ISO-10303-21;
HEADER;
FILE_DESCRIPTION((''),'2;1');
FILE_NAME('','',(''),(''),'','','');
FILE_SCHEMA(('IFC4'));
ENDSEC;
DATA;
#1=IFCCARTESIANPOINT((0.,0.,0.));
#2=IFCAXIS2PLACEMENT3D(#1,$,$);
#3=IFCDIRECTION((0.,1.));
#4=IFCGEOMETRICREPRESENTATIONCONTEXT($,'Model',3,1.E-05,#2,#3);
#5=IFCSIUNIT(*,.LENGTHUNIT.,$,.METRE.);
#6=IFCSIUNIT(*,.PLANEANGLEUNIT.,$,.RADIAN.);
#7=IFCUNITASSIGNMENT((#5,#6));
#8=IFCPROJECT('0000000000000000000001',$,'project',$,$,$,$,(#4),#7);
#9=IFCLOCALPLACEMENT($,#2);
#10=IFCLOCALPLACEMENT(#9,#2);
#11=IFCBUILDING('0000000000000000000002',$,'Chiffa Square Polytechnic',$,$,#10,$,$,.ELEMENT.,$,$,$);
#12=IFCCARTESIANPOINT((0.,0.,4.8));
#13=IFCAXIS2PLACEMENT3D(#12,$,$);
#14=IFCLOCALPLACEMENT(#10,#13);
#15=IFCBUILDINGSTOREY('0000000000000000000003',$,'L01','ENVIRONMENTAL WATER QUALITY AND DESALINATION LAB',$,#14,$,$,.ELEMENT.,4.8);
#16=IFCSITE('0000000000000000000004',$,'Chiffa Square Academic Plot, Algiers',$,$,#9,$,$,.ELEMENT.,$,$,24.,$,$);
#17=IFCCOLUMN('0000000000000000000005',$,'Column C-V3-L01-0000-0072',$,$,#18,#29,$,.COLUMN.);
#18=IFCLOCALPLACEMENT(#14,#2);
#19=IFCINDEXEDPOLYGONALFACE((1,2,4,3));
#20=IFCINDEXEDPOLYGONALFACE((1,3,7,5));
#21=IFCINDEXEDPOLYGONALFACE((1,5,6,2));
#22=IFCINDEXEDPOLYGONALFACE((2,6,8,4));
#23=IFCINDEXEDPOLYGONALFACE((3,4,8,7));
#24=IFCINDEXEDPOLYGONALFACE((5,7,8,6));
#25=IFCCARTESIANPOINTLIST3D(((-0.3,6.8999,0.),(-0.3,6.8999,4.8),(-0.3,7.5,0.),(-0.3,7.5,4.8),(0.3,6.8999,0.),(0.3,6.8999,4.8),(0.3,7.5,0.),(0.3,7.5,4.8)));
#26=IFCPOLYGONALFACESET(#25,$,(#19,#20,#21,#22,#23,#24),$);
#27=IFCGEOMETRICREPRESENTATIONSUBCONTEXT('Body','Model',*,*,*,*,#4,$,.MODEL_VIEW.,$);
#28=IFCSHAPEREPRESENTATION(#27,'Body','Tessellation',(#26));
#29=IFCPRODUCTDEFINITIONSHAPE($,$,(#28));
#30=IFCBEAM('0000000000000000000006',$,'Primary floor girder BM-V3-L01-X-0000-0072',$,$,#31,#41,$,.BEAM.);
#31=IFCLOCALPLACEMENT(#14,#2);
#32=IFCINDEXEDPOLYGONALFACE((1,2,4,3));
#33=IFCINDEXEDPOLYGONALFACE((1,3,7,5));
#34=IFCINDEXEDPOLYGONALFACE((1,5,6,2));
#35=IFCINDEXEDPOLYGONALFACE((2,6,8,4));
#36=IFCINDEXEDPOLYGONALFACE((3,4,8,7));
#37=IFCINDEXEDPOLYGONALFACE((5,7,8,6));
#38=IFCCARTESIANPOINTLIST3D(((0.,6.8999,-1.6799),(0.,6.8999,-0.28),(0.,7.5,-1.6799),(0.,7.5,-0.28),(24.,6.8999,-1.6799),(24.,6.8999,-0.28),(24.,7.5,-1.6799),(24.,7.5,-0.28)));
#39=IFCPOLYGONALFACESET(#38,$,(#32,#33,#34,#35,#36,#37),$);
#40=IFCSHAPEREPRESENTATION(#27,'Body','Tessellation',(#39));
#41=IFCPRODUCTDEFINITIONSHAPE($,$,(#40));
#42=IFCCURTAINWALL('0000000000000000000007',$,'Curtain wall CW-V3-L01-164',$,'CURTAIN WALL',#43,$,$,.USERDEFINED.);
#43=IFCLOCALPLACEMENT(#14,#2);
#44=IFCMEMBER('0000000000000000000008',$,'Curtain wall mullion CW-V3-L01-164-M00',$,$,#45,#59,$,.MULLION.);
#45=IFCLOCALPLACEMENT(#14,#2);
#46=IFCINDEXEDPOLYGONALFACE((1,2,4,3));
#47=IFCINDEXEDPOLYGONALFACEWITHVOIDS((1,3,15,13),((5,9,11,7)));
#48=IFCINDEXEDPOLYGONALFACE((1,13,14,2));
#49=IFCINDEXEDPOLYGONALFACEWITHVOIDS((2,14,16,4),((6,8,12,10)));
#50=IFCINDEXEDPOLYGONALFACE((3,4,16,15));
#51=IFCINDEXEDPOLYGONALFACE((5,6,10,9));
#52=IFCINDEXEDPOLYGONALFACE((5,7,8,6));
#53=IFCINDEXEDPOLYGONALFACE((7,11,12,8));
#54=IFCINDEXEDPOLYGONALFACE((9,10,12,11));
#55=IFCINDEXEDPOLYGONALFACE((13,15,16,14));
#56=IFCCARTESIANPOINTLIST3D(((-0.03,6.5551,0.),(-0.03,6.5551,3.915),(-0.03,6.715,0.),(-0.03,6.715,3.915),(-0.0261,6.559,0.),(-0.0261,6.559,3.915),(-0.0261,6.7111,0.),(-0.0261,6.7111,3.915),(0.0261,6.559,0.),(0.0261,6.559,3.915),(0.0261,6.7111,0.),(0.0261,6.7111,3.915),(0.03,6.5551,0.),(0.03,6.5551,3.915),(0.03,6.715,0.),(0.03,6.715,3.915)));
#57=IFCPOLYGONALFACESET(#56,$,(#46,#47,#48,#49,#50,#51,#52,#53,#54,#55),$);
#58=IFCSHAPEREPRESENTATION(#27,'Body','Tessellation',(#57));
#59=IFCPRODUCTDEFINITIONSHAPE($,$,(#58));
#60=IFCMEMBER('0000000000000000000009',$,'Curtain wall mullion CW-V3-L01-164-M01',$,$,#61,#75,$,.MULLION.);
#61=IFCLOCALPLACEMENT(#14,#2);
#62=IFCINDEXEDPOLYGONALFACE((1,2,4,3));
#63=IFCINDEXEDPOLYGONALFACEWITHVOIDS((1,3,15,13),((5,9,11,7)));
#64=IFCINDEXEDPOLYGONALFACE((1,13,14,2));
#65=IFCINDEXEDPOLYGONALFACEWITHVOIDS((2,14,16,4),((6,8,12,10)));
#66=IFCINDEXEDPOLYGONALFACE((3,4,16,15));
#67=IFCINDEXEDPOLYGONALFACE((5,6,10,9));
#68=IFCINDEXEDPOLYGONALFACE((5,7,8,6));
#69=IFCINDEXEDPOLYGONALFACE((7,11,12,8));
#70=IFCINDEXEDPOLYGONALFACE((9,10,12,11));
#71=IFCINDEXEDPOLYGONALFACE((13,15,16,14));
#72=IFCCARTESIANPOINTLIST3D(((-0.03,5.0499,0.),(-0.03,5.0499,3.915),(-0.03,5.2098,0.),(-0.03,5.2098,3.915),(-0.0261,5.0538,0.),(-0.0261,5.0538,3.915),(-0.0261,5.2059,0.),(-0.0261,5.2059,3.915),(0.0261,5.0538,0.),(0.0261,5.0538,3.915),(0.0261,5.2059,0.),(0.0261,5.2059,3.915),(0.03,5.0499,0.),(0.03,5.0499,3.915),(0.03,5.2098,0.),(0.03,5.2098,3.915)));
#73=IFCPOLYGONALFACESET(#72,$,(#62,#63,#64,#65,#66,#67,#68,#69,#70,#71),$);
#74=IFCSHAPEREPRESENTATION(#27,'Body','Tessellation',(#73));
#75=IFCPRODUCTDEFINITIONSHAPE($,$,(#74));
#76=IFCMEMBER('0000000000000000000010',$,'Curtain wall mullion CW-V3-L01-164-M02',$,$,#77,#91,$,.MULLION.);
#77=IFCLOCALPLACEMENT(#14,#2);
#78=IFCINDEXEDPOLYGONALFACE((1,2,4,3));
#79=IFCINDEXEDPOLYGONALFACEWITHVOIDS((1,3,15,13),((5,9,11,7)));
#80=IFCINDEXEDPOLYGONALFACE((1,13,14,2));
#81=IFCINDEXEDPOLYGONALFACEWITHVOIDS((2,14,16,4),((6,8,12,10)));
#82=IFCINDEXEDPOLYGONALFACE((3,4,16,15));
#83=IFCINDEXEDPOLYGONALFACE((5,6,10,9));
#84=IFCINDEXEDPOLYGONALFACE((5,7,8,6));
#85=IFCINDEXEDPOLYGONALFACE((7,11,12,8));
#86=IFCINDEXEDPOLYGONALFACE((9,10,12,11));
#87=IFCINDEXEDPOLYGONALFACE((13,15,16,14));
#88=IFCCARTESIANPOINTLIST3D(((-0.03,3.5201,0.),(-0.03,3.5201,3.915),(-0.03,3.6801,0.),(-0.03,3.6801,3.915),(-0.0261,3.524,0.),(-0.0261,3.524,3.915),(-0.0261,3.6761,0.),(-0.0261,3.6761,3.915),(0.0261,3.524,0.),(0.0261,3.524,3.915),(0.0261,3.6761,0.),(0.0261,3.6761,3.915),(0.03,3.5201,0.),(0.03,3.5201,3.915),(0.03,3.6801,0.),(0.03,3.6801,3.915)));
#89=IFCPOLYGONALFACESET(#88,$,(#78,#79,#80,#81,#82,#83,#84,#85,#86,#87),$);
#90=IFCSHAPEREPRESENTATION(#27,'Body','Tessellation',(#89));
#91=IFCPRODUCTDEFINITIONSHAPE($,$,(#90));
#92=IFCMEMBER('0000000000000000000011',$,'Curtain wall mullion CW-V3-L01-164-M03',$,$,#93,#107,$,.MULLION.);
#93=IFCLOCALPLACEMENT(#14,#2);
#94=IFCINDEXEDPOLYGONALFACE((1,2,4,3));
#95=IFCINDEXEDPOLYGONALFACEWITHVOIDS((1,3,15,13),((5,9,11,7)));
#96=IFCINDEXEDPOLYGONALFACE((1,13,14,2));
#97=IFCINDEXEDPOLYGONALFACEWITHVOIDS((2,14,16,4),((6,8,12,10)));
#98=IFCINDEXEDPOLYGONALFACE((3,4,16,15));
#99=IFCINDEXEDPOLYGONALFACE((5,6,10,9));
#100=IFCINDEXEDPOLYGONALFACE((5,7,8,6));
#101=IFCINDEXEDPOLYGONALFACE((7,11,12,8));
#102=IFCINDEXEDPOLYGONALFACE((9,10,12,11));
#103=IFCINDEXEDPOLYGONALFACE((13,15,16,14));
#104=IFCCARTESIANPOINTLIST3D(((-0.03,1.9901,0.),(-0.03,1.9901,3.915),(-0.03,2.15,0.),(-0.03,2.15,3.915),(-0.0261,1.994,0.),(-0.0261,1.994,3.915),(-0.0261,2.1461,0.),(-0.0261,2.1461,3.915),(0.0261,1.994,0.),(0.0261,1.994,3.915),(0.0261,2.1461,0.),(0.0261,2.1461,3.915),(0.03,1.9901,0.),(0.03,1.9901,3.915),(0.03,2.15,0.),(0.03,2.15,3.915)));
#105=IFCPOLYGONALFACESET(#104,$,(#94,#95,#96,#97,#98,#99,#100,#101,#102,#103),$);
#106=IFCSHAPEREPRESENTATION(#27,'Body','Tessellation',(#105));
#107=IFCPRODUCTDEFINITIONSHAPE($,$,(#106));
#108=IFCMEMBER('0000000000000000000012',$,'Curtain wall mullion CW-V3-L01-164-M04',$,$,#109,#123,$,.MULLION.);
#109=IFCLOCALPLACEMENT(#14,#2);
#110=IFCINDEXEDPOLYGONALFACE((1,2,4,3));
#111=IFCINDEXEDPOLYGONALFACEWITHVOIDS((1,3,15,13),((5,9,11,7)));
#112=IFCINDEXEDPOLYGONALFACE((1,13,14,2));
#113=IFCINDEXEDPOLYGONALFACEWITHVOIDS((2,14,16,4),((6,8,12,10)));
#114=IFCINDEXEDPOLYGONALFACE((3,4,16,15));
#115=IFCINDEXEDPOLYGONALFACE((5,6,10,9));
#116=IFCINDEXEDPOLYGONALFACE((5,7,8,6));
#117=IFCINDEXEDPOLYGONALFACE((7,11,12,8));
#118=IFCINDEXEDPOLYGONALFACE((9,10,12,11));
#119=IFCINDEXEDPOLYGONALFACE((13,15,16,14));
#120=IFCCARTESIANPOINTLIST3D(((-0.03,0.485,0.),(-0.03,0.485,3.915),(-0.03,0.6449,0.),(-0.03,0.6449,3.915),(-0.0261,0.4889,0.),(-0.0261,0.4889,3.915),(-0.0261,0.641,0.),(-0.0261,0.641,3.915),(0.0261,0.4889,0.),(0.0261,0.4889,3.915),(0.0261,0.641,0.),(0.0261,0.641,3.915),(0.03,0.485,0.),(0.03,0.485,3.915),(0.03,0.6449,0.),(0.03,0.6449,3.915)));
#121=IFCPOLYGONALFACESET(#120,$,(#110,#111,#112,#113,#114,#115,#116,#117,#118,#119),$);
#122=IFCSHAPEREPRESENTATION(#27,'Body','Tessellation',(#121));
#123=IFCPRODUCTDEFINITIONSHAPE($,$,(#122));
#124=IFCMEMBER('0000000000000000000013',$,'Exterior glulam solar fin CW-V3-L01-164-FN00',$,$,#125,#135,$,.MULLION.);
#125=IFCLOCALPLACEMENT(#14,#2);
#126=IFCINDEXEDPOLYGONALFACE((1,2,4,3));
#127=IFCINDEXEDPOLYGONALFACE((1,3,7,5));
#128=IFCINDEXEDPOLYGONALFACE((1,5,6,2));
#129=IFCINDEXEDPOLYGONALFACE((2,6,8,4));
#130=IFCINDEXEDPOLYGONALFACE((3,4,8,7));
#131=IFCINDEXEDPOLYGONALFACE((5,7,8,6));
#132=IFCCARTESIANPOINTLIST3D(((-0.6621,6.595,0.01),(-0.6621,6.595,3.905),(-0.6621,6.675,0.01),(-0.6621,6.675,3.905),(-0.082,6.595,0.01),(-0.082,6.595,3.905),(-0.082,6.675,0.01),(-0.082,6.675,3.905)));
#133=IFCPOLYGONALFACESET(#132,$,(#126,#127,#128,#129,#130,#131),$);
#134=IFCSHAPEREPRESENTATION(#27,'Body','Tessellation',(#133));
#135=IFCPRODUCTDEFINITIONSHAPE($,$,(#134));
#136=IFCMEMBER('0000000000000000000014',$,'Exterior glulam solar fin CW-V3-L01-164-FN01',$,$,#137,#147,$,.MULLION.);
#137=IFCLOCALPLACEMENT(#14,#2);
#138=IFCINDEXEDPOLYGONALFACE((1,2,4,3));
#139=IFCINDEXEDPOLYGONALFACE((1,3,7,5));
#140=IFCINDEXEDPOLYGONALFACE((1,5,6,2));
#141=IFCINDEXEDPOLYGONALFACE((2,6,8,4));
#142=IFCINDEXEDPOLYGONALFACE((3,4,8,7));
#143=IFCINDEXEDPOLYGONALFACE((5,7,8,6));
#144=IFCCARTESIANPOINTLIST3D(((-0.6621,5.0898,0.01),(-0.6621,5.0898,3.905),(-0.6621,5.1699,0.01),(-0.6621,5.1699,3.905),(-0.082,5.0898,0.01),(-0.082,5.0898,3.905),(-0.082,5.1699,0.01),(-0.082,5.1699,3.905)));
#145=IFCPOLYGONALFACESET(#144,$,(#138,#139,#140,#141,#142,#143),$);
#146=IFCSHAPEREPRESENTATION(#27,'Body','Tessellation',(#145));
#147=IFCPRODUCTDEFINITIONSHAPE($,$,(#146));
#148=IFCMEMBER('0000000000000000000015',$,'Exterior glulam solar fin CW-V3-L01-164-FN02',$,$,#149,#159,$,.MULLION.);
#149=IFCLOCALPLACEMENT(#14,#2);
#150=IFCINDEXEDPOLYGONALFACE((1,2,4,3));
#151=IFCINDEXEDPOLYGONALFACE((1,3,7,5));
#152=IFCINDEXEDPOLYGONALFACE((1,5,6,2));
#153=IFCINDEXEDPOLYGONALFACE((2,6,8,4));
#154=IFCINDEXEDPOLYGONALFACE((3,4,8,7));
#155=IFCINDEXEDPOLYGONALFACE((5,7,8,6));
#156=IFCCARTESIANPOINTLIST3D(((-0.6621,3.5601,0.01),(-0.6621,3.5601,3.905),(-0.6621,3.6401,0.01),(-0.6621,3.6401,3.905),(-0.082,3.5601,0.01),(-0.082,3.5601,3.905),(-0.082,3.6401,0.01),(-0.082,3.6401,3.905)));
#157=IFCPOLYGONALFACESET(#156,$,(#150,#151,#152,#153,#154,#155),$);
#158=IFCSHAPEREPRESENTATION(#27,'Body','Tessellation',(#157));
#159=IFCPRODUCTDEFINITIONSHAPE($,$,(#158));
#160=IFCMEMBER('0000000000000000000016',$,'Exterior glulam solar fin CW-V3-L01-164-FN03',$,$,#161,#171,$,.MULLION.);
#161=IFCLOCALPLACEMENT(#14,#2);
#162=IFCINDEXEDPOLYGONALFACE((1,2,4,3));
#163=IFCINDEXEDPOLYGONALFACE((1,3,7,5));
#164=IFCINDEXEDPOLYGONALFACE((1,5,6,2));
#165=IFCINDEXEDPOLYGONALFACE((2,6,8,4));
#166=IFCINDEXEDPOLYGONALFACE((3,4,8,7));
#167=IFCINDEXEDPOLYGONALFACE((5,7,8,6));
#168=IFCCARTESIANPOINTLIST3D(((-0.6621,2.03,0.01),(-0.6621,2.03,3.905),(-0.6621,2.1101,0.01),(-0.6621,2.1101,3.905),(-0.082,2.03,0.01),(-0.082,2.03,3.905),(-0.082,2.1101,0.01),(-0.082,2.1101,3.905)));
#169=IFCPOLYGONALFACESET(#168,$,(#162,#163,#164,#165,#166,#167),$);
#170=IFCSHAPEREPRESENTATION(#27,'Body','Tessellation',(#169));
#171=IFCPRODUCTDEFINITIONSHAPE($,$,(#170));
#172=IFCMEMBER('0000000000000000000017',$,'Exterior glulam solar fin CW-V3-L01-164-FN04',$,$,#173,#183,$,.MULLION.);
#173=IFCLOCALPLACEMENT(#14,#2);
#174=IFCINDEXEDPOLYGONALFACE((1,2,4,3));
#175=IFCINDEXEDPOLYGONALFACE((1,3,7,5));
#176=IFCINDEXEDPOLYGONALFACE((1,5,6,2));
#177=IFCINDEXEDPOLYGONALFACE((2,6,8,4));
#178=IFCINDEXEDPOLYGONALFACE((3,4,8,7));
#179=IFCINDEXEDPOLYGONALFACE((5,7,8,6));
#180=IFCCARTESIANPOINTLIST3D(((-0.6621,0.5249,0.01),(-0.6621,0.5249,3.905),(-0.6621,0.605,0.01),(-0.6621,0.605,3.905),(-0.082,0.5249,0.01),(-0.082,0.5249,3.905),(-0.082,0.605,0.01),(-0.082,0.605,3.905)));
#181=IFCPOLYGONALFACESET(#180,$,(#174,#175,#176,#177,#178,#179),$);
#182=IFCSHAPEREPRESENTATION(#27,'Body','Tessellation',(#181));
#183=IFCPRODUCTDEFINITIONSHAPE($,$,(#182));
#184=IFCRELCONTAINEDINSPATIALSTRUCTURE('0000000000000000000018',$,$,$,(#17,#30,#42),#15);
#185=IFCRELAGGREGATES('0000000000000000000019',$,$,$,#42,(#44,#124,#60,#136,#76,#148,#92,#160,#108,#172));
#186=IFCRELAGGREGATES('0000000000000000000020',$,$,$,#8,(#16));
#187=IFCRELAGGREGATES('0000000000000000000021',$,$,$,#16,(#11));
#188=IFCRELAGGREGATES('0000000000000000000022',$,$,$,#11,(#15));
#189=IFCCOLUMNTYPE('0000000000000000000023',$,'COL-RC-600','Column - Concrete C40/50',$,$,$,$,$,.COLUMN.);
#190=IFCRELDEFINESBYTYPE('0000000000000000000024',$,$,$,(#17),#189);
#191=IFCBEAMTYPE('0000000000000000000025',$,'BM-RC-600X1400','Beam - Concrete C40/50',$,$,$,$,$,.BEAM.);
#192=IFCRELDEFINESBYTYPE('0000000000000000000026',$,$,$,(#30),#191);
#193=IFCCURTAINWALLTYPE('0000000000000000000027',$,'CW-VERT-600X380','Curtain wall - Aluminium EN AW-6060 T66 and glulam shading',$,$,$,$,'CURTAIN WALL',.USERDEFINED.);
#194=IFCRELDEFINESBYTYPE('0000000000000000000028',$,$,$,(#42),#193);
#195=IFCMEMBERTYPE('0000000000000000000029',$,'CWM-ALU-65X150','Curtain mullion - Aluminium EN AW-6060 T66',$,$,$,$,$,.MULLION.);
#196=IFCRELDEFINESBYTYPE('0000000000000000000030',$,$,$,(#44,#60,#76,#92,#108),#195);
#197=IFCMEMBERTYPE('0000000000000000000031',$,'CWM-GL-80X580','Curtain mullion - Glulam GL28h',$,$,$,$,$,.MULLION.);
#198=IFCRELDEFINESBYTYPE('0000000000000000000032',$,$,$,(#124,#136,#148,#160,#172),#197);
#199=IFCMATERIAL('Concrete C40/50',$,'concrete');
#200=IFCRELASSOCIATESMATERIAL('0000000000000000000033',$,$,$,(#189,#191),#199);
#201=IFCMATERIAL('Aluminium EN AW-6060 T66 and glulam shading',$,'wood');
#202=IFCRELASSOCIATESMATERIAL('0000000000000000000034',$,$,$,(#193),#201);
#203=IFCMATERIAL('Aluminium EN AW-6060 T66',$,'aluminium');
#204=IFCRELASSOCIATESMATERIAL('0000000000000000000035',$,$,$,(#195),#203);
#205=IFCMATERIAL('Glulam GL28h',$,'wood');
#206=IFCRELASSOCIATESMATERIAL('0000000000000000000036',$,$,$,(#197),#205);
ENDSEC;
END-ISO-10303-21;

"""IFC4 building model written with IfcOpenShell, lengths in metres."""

from ifc_helpers import new_model, si_unit, direction, frame, origin, origin_2d, place, context, subcontext, project, spatial, rectangle, hollow_rectangle, extrude, material, material_profile, profile_set, type_object, element, aggregate, save


model = new_model("IFC4")

# Units and contexts
model_context = context("Model", 3, precision=1e-05, world=origin(), true_north=direction((0.0, 1.0)))
body_context = subcontext(model_context, "Body", "Model", "MODEL_VIEW")
ifc_project = project(units=[si_unit("LENGTHUNIT", "METRE"), si_unit("PLANEANGLEUNIT", "RADIAN")], contexts=[model_context])

# Site, building, storey
site_placement = place(None, origin())
site = spatial("IfcSite", under=ifc_project, at=site_placement, Name="Chiffa Square Academic Plot, Algiers", CompositionType="ELEMENT", RefElevation=24.0)
building_placement = place(site_placement, origin())
building = spatial("IfcBuilding", under=site, at=building_placement, Name="Chiffa Square Polytechnic", CompositionType="ELEMENT")
storey_placement = place(building_placement, frame((0.0, 0.0, 4.8)))
storey = spatial("IfcBuildingStorey", under=building, at=storey_placement, Name="L01", Description="ENVIRONMENTAL WATER QUALITY AND DESALINATION LAB", CompositionType="ELEMENT", Elevation=4.8)

# Column
ifc_material_1 = material(Name="Concrete C40/50", Category="concrete")
ifc_material_profile_1 = material_profile(ifc_material_1, rectangle(XDim=0.6001, YDim=0.6001, at=origin_2d()), Name="RC 600x600")
ifc_profile_set_1 = profile_set([ifc_material_profile_1], Name="Concrete C40/50")
column_type = type_object("IfcColumnType", Name="COL-RC-600", Description="Column - Concrete C40/50", PredefinedType="COLUMN", material=ifc_profile_set_1)
column_placement = place(storey_placement, frame((0.0, 7.2, 0.0), z_axis=(0.0, 0.0, 1.0), x_axis=(1.0, 0.0, 0.0)))
element("IfcColumn", 1, at=column_placement, inside=storey, type_object=column_type, Name="Column C-V3-L01-0000-0072", PredefinedType="COLUMN", context=body_context, shape_type="SweptSolid", body=[
    extrude(rectangle(XDim=0.6001, YDim=0.6001, at=origin_2d()), origin(), (0.0, 0.0, 1.0), 4.8),
])

# Beam
ifc_material_profile_2 = material_profile(ifc_material_1, rectangle(XDim=0.6001, YDim=1.3999, at=origin_2d()), Name="RC 600x1400")
ifc_profile_set_2 = profile_set([ifc_material_profile_2], Name="Concrete C40/50")
beam_type = type_object("IfcBeamType", Name="BM-RC-600X1400", Description="Beam - Concrete C40/50", PredefinedType="BEAM", material=ifc_profile_set_2)
beam_placement = place(storey_placement, frame((0.0, 7.2, -0.98), z_axis=(1.0, 0.0, 0.0), x_axis=(0.0, 1.0, 0.0)))
element("IfcBeam", 2, at=beam_placement, inside=storey, type_object=beam_type, Name="Primary floor girder BM-V3-L01-X-0000-0072", PredefinedType="BEAM", context=body_context, shape_type="SweptSolid", body=[
    extrude(rectangle(XDim=0.6001, YDim=1.3999, at=origin_2d()), origin(), (0.0, 0.0, 1.0), 24.0),
])

# Curtain wall, members
ifc_material_2 = material(Name="Aluminium EN AW-6060 T66 and glulam shading", Category="wood")
curtain_wall_type = type_object("IfcCurtainWallType", Name="CW-VERT-600X380", Description="Curtain wall - Aluminium EN AW-6060 T66 and glulam shading", ElementType="CURTAIN WALL", PredefinedType="USERDEFINED", material=ifc_material_2)
curtain_wall_placement = place(storey_placement, origin())
curtain_wall = element("IfcCurtainWall", 3, at=curtain_wall_placement, inside=storey, type_object=curtain_wall_type, Name="Curtain wall CW-V3-L01-164", ObjectType="CURTAIN WALL", PredefinedType="USERDEFINED")
ifc_material_3 = material(Name="Aluminium EN AW-6060 T66", Category="aluminium")
ifc_material_profile_3 = material_profile(ifc_material_3, hollow_rectangle(XDim=0.0601, YDim=0.1599, WallThickness=0.0039, at=origin_2d()), Name="ALU 60x160x4")
ifc_profile_set_3 = profile_set([ifc_material_profile_3], Name="Aluminium EN AW-6060 T66")
member_type_1 = type_object("IfcMemberType", Name="CWM-ALU-65X150", Description="Curtain mullion - Aluminium EN AW-6060 T66", PredefinedType="MULLION", material=ifc_profile_set_3)
member_1_placement = place(storey_placement, frame((0.0, 6.635, 0.0), z_axis=(0.0, 0.0, 1.0), x_axis=(1.0, 0.0, 0.0)))
member_1 = element("IfcMember", 4, at=member_1_placement, type_object=member_type_1, Name="Curtain wall mullion CW-V3-L01-164-M00", PredefinedType="MULLION", context=body_context, shape_type="SweptSolid", body=[
    extrude(hollow_rectangle(XDim=0.0601, YDim=0.1599, WallThickness=0.0039, at=origin_2d()), origin(), (0.0, 0.0, 1.0), 3.915),
])
member_2_placement = place(storey_placement, frame((0.0, 5.1299, 0.0), z_axis=(0.0, 0.0, 1.0), x_axis=(1.0, 0.0, 0.0)))
member_2 = element("IfcMember", 5, at=member_2_placement, type_object=member_type_1, Name="Curtain wall mullion CW-V3-L01-164-M01", PredefinedType="MULLION", context=body_context, shape_type="SweptSolid", body=[
    extrude(hollow_rectangle(XDim=0.0601, YDim=0.1599, WallThickness=0.0039, at=origin_2d()), origin(), (0.0, 0.0, 1.0), 3.915),
])
member_3_placement = place(storey_placement, frame((0.0, 3.6001, 0.0), z_axis=(0.0, 0.0, 1.0), x_axis=(1.0, 0.0, 0.0)))
member_3 = element("IfcMember", 6, at=member_3_placement, type_object=member_type_1, Name="Curtain wall mullion CW-V3-L01-164-M02", PredefinedType="MULLION", context=body_context, shape_type="SweptSolid", body=[
    extrude(hollow_rectangle(XDim=0.0601, YDim=0.1599, WallThickness=0.0039, at=origin_2d()), origin(), (0.0, 0.0, 1.0), 3.915),
])
member_4_placement = place(storey_placement, frame((0.0, 2.0701, 0.0), z_axis=(0.0, 0.0, 1.0), x_axis=(1.0, 0.0, 0.0)))
member_4 = element("IfcMember", 7, at=member_4_placement, type_object=member_type_1, Name="Curtain wall mullion CW-V3-L01-164-M03", PredefinedType="MULLION", context=body_context, shape_type="SweptSolid", body=[
    extrude(hollow_rectangle(XDim=0.0601, YDim=0.1599, WallThickness=0.0039, at=origin_2d()), origin(), (0.0, 0.0, 1.0), 3.915),
])
member_5_placement = place(storey_placement, frame((0.0, 0.5649, 0.0), z_axis=(0.0, 0.0, 1.0), x_axis=(1.0, 0.0, 0.0)))
member_5 = element("IfcMember", 8, at=member_5_placement, type_object=member_type_1, Name="Curtain wall mullion CW-V3-L01-164-M04", PredefinedType="MULLION", context=body_context, shape_type="SweptSolid", body=[
    extrude(hollow_rectangle(XDim=0.0601, YDim=0.1599, WallThickness=0.0039, at=origin_2d()), origin(), (0.0, 0.0, 1.0), 3.915),
])
ifc_material_4 = material(Name="Glulam GL28h", Category="wood")
ifc_material_profile_4 = material_profile(ifc_material_4, rectangle(XDim=0.0801, YDim=0.5801, at=origin_2d()), Name="GL28h 80x580")
ifc_profile_set_4 = profile_set([ifc_material_profile_4], Name="Glulam GL28h")
member_type_2 = type_object("IfcMemberType", Name="CWM-GL-80X580", Description="Curtain mullion - Glulam GL28h", PredefinedType="MULLION", material=ifc_profile_set_4)
member_6_placement = place(storey_placement, frame((-0.3721, 6.635, 0.01), z_axis=(0.0, 0.0, 1.0), x_axis=(0.0, -1.0, 0.0)))
member_6 = element("IfcMember", 9, at=member_6_placement, type_object=member_type_2, Name="Exterior glulam solar fin CW-V3-L01-164-FN00", PredefinedType="MULLION", context=body_context, shape_type="SweptSolid", body=[
    extrude(rectangle(XDim=0.0801, YDim=0.5801, at=origin_2d()), origin(), (0.0, 0.0, 1.0), 3.895),
])
member_7_placement = place(storey_placement, frame((-0.3721, 5.1299, 0.01), z_axis=(0.0, 0.0, 1.0), x_axis=(0.0, -1.0, 0.0)))
member_7 = element("IfcMember", 10, at=member_7_placement, type_object=member_type_2, Name="Exterior glulam solar fin CW-V3-L01-164-FN01", PredefinedType="MULLION", context=body_context, shape_type="SweptSolid", body=[
    extrude(rectangle(XDim=0.0801, YDim=0.5801, at=origin_2d()), origin(), (0.0, 0.0, 1.0), 3.895),
])
member_8_placement = place(storey_placement, frame((-0.3721, 3.6001, 0.01), z_axis=(0.0, 0.0, 1.0), x_axis=(0.0, -1.0, 0.0)))
member_8 = element("IfcMember", 11, at=member_8_placement, type_object=member_type_2, Name="Exterior glulam solar fin CW-V3-L01-164-FN02", PredefinedType="MULLION", context=body_context, shape_type="SweptSolid", body=[
    extrude(rectangle(XDim=0.0801, YDim=0.5801, at=origin_2d()), origin(), (0.0, 0.0, 1.0), 3.895),
])
member_9_placement = place(storey_placement, frame((-0.3721, 2.0701, 0.01), z_axis=(0.0, 0.0, 1.0), x_axis=(0.0, -1.0, 0.0)))
member_9 = element("IfcMember", 12, at=member_9_placement, type_object=member_type_2, Name="Exterior glulam solar fin CW-V3-L01-164-FN03", PredefinedType="MULLION", context=body_context, shape_type="SweptSolid", body=[
    extrude(rectangle(XDim=0.0801, YDim=0.5801, at=origin_2d()), origin(), (0.0, 0.0, 1.0), 3.895),
])
member_10_placement = place(storey_placement, frame((-0.3721, 0.5649, 0.01), z_axis=(0.0, 0.0, 1.0), x_axis=(0.0, -1.0, 0.0)))
member_10 = element("IfcMember", 13, at=member_10_placement, type_object=member_type_2, Name="Exterior glulam solar fin CW-V3-L01-164-FN04", PredefinedType="MULLION", context=body_context, shape_type="SweptSolid", body=[
    extrude(rectangle(XDim=0.0801, YDim=0.5801, at=origin_2d()), origin(), (0.0, 0.0, 1.0), 3.895),
])
aggregate(curtain_wall, [member_1, member_6, member_2, member_7, member_3, member_8, member_4, member_9, member_5, member_10])

save(model, "model.ifc")
